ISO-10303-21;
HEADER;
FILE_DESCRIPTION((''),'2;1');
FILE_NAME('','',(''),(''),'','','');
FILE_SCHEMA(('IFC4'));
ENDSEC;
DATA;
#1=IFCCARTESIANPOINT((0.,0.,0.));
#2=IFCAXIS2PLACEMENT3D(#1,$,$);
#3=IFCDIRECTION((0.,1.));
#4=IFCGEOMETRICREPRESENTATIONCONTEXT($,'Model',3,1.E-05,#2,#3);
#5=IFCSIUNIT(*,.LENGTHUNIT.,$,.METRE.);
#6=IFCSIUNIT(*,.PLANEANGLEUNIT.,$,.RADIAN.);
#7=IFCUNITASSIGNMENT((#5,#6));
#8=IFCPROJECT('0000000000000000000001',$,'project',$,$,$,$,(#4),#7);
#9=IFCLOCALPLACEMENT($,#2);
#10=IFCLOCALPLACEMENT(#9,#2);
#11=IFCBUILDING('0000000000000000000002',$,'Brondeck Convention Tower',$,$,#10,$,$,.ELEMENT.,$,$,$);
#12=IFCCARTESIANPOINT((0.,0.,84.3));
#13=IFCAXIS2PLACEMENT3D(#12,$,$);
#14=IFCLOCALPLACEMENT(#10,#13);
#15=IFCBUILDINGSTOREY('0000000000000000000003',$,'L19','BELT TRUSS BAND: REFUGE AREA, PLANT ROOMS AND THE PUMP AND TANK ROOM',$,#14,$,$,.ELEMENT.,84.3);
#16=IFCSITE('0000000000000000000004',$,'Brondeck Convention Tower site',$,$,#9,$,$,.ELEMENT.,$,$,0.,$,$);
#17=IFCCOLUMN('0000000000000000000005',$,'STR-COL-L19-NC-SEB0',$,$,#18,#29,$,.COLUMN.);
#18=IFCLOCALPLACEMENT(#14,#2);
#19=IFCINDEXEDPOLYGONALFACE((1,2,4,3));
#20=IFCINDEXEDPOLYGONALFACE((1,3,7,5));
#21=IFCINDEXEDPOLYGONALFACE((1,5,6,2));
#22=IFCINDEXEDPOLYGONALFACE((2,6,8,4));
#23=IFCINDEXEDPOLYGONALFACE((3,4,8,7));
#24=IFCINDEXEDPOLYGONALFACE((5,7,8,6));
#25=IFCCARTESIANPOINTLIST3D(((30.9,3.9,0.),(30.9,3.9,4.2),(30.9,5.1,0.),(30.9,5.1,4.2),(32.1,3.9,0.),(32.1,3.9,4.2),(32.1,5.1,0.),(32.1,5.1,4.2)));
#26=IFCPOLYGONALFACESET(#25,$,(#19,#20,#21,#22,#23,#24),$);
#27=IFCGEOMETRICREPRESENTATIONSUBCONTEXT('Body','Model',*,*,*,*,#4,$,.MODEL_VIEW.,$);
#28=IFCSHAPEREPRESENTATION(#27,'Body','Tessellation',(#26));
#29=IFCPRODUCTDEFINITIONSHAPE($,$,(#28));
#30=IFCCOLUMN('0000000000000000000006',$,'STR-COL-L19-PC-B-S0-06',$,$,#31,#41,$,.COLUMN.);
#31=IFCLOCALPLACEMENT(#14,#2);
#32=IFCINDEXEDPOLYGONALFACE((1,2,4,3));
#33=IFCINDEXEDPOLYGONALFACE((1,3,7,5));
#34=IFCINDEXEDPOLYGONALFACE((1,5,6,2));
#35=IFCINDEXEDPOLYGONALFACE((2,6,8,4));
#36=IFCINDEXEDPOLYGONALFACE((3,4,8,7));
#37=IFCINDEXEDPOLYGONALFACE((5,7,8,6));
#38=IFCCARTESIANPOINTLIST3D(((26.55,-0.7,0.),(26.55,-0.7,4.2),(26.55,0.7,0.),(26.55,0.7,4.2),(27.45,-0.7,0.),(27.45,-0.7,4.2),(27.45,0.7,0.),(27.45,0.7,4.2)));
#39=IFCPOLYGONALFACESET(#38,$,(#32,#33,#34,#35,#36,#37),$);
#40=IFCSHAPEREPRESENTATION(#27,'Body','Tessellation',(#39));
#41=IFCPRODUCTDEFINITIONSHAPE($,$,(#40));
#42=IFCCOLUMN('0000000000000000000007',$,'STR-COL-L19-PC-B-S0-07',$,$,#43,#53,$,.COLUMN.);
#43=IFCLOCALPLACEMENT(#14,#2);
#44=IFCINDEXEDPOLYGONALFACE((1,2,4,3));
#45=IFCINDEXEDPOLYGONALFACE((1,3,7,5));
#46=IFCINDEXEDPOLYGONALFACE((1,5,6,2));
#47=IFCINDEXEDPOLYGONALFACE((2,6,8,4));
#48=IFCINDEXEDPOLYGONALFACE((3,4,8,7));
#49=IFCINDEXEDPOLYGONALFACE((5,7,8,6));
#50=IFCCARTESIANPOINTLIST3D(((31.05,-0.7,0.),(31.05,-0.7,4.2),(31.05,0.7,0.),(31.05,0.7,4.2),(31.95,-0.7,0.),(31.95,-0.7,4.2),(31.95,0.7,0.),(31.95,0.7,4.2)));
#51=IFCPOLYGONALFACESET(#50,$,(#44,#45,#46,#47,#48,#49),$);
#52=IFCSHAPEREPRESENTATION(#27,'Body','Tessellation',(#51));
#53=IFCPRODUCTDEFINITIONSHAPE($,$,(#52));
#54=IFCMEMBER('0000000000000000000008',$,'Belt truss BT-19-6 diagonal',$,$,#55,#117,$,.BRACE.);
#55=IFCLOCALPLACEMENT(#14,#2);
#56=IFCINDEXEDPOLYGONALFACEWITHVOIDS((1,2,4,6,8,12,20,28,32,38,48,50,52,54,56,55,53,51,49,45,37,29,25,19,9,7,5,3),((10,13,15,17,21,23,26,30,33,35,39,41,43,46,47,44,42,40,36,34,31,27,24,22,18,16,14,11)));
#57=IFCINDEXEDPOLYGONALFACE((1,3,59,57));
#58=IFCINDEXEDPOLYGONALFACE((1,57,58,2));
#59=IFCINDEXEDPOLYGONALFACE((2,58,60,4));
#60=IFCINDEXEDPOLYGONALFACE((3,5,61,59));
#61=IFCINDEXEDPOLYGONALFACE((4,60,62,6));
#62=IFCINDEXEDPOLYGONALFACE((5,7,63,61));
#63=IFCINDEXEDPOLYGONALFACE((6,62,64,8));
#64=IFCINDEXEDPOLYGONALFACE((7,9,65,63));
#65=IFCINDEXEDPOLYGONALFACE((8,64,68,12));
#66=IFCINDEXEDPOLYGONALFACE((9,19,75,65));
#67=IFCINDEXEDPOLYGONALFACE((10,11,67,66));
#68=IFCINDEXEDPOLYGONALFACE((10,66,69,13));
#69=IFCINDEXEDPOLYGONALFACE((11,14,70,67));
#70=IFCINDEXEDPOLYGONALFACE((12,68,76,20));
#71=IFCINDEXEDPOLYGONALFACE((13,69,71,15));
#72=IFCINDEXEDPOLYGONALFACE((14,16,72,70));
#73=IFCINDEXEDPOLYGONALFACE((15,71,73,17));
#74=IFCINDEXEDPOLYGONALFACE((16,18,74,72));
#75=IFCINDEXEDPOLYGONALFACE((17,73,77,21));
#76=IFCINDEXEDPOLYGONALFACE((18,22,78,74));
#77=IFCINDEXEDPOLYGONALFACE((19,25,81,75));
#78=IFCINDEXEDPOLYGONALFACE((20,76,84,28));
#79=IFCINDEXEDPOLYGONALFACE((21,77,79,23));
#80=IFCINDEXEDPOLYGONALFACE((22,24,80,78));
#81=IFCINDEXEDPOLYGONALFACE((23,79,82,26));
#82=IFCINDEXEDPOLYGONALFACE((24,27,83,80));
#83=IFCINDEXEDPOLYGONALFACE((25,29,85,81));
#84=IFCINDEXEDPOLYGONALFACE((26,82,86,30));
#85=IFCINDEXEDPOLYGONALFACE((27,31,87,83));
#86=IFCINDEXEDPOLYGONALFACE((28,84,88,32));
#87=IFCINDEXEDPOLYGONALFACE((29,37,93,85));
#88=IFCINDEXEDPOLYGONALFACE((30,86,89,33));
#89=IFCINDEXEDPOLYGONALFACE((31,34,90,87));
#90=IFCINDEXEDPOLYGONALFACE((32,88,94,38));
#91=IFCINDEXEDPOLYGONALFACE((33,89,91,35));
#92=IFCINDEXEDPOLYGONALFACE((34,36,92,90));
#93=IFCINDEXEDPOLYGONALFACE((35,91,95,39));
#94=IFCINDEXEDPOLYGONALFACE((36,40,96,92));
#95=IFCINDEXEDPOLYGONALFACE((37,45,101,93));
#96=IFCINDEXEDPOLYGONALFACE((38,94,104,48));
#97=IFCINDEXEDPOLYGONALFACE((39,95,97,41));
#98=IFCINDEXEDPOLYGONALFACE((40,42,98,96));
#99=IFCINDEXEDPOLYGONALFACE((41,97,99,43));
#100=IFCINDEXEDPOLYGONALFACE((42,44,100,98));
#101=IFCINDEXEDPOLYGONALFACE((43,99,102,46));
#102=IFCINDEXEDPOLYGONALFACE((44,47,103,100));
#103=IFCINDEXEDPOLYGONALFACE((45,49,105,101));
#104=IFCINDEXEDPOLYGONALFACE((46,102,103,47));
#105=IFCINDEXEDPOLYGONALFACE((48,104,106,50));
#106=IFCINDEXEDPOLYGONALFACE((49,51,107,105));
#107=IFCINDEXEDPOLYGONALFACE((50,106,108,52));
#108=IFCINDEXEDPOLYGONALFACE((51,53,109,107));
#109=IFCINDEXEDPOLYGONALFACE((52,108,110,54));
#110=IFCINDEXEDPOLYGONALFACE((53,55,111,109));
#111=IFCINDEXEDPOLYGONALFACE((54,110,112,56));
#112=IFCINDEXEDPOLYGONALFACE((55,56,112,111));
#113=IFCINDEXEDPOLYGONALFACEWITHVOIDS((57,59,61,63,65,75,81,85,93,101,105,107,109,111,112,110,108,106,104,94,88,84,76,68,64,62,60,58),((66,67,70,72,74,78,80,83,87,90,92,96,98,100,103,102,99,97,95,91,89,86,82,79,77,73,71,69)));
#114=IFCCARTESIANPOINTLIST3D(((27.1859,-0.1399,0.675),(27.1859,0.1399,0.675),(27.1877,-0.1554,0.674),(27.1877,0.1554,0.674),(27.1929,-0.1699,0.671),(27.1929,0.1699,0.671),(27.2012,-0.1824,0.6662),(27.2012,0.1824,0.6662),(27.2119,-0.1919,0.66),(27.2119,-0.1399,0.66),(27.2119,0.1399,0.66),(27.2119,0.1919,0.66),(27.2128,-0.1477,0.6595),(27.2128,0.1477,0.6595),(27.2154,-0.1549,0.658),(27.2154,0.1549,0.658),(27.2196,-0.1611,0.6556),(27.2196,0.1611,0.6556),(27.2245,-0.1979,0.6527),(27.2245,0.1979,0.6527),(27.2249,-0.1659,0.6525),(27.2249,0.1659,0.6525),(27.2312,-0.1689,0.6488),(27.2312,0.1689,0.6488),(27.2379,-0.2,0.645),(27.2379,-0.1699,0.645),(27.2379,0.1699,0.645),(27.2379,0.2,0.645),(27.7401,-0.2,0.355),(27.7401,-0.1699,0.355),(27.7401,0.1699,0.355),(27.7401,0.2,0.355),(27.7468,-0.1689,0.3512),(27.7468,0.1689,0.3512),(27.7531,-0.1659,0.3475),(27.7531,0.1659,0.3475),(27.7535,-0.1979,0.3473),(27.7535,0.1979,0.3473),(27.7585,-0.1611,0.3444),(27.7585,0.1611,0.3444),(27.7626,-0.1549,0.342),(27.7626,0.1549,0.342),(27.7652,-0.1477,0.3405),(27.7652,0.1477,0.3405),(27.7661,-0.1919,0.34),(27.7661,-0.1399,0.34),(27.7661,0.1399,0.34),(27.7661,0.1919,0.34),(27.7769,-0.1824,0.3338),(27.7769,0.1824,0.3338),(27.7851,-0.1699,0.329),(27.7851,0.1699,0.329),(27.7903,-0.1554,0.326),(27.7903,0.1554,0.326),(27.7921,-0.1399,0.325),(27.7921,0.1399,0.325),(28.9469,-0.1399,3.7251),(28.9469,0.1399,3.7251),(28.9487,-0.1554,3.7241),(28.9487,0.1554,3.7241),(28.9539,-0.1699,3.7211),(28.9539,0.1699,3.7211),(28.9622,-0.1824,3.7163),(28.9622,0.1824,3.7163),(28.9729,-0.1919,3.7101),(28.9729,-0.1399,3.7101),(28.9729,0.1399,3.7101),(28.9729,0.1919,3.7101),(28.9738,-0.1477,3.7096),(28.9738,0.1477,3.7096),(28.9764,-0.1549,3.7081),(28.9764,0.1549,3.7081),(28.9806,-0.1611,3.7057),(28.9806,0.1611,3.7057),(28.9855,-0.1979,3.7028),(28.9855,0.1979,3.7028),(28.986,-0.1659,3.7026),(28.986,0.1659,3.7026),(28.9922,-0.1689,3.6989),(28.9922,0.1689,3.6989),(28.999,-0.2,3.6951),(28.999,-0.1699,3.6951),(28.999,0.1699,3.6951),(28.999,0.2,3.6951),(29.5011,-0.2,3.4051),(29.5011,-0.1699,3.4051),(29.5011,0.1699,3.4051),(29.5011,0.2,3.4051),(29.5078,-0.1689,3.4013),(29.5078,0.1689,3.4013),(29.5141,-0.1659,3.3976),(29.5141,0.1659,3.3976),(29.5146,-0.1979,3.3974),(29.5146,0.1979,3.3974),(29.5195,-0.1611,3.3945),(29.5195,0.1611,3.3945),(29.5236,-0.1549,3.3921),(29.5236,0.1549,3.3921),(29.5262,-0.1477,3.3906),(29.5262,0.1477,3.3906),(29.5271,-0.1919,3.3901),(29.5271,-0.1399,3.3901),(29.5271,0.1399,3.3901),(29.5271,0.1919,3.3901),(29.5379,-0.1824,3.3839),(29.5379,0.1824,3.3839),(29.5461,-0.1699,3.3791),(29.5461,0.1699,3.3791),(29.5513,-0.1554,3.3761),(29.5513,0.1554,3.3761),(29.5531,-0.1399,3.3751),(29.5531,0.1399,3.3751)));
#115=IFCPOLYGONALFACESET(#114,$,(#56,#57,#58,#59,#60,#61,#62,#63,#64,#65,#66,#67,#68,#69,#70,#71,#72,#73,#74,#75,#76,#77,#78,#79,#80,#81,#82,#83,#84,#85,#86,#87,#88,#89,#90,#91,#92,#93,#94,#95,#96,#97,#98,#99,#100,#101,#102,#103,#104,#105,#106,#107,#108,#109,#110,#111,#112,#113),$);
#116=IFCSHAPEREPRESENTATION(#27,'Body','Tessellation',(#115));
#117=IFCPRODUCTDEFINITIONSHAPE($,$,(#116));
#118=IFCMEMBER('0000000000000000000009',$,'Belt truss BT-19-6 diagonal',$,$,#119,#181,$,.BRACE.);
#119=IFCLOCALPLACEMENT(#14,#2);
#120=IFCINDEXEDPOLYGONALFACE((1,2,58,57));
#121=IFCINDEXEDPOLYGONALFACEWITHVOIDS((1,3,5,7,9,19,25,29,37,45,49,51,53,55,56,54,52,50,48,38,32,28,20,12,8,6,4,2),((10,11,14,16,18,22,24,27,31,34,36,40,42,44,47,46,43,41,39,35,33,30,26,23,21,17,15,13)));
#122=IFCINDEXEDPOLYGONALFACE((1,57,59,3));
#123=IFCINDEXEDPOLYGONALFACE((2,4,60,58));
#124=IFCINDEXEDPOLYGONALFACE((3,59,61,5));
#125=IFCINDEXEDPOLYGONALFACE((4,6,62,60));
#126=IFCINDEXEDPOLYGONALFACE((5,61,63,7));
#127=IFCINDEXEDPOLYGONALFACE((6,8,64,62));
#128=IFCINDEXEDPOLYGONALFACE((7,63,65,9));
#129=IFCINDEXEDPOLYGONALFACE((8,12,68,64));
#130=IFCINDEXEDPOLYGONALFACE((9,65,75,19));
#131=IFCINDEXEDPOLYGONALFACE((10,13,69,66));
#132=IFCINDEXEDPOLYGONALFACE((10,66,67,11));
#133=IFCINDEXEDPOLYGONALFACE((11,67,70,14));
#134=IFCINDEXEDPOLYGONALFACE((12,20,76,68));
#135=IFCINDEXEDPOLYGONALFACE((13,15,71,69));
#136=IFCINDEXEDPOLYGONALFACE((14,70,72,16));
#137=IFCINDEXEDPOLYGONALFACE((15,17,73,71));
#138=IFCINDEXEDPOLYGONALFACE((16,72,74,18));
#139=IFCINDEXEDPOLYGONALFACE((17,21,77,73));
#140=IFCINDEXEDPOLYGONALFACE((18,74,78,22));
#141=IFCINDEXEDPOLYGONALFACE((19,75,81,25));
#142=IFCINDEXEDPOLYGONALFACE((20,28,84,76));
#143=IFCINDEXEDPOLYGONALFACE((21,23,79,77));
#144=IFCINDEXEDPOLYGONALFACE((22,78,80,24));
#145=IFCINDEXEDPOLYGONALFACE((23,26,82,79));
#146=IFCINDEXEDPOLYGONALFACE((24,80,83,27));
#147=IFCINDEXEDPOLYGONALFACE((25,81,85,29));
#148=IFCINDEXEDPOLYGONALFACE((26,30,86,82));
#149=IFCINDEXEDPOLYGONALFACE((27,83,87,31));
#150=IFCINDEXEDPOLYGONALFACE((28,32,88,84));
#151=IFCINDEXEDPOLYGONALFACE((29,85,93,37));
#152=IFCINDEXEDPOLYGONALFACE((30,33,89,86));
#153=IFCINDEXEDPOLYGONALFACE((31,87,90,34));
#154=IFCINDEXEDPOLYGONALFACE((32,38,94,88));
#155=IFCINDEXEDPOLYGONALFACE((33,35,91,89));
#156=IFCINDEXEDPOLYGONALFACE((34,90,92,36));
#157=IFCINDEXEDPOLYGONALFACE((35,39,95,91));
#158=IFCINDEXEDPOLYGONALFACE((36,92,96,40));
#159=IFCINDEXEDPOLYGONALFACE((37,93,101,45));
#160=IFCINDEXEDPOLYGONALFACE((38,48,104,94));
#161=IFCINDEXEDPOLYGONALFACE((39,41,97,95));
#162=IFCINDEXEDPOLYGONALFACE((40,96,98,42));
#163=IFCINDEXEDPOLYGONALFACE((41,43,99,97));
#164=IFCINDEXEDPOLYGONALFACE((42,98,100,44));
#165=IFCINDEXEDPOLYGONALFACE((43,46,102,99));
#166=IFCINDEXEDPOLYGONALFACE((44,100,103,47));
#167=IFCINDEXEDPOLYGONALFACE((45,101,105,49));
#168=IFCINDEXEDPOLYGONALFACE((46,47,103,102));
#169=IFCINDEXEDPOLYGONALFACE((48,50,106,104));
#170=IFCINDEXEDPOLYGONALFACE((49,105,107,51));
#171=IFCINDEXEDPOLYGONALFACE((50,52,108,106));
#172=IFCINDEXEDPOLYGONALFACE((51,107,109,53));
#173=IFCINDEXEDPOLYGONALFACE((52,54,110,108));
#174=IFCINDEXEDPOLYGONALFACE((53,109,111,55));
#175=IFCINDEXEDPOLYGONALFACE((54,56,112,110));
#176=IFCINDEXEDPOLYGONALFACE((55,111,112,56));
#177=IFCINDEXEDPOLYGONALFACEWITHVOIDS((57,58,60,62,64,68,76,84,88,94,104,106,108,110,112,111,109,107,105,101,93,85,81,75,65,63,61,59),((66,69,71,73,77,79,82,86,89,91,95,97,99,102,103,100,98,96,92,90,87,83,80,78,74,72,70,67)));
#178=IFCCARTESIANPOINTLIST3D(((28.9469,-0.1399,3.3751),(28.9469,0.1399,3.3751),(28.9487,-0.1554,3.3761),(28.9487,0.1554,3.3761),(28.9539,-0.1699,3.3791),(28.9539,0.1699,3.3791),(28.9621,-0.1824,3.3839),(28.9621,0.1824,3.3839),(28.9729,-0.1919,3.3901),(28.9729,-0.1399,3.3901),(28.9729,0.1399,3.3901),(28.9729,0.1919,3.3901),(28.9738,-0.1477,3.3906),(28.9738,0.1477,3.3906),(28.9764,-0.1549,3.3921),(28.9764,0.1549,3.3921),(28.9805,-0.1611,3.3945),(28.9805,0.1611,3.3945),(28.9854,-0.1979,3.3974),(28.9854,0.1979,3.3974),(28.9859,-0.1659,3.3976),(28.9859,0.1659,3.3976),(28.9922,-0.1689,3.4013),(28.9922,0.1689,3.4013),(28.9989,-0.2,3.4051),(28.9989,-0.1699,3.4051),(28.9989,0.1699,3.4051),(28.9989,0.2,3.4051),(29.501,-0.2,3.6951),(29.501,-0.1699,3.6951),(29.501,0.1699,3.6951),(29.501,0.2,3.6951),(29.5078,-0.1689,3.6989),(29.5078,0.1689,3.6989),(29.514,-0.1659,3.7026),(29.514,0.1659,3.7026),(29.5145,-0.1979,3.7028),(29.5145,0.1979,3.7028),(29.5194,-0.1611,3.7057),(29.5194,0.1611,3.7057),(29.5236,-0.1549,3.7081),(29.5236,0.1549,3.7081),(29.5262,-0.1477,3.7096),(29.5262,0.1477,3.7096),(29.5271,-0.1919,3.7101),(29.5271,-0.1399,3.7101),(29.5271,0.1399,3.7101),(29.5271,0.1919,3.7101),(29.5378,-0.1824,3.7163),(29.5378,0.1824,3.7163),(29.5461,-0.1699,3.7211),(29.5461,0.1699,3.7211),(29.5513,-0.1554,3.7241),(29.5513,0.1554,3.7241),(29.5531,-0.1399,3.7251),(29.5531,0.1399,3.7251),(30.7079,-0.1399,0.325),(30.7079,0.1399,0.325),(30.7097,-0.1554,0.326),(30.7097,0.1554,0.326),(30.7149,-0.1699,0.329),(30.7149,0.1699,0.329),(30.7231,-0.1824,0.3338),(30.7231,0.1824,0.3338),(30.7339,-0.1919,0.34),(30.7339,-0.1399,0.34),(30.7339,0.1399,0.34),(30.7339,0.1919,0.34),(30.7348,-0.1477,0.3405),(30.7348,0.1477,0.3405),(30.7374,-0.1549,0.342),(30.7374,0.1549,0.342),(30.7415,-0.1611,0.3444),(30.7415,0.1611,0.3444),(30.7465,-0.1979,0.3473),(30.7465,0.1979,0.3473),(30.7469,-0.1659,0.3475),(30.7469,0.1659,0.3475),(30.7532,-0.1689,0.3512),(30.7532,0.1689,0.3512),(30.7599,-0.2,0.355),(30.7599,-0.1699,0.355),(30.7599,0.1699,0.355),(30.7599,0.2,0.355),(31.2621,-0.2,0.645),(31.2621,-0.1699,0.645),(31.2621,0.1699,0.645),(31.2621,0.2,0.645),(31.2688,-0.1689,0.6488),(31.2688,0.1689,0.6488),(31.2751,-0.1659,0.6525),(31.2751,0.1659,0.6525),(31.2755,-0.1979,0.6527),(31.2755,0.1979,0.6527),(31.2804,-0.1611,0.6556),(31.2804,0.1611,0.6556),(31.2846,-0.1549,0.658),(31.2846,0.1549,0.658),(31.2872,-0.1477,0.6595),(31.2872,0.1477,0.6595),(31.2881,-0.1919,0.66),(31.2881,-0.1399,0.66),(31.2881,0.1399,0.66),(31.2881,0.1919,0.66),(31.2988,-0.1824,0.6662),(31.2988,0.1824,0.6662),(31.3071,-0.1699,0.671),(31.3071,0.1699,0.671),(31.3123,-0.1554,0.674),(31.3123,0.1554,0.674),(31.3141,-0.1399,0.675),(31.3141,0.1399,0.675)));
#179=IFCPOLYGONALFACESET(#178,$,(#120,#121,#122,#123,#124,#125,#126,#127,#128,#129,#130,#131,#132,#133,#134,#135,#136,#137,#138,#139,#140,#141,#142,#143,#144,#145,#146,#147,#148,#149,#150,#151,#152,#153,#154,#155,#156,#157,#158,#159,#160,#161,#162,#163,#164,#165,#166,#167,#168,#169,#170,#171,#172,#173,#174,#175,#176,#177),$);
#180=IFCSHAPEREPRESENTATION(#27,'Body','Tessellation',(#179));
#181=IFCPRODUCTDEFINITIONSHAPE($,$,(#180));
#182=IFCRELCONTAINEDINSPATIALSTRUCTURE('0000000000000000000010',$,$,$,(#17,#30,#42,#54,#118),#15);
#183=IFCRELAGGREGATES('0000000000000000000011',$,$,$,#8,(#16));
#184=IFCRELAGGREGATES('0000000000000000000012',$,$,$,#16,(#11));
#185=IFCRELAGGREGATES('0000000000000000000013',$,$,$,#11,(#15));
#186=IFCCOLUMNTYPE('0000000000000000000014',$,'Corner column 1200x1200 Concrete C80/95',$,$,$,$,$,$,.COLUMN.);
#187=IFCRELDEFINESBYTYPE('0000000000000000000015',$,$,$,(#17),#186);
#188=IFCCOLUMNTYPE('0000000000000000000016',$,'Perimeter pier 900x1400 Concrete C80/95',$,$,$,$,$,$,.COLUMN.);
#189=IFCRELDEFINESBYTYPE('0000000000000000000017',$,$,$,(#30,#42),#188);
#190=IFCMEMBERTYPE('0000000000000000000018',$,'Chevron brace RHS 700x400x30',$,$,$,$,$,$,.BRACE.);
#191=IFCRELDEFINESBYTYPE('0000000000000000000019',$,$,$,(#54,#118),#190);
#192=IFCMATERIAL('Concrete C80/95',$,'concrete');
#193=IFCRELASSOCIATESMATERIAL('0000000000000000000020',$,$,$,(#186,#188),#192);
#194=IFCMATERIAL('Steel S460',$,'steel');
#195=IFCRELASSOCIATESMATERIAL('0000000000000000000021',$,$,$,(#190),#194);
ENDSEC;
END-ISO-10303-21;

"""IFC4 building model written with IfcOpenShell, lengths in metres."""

from ifc_helpers import new_model, si_unit, direction, frame, origin, origin_2d, place, context, subcontext, project, spatial, rectangle, hollow_rectangle, extrude, material, material_profile, profile_set, type_object, element, save


model = new_model("IFC4")

# Units and contexts
model_context = context("Model", 3, precision=1e-05, world=origin(), true_north=direction((0.0, 1.0)))
body_context = subcontext(model_context, "Body", "Model", "MODEL_VIEW")
ifc_project = project(units=[si_unit("LENGTHUNIT", "METRE"), si_unit("PLANEANGLEUNIT", "RADIAN")], contexts=[model_context])

# Site, building, storey
site_placement = place(None, origin())
site = spatial("IfcSite", under=ifc_project, at=site_placement, Name="Brondeck Convention Tower site", CompositionType="ELEMENT", RefElevation=0.0)
building_placement = place(site_placement, origin())
building = spatial("IfcBuilding", under=site, at=building_placement, Name="Brondeck Convention Tower", CompositionType="ELEMENT")
storey_placement = place(building_placement, frame((0.0, 0.0, 84.3)))
storey = spatial("IfcBuildingStorey", under=building, at=storey_placement, Name="L19", Description="BELT TRUSS BAND: REFUGE AREA, PLANT ROOMS AND THE PUMP AND TANK ROOM", CompositionType="ELEMENT", Elevation=84.3)

# Columns
ifc_material_1 = material(Name="Concrete C80/95", Category="concrete")
ifc_material_profile_1 = material_profile(ifc_material_1, rectangle(XDim=1.2, YDim=1.2, at=origin_2d()), Name="Corner column 1200x1200 Concrete C80/95")
ifc_profile_set_1 = profile_set([ifc_material_profile_1], Name="Concrete C80/95")
column_type_1 = type_object("IfcColumnType", Name="Corner column 1200x1200 Concrete C80/95", PredefinedType="COLUMN", material=ifc_profile_set_1)
column_placement = place(storey_placement, frame((31.5, 4.5, 0.0), z_axis=(0.0, 0.0, 1.0), x_axis=(1.0, 0.0, 0.0)))
element("IfcColumn", 1, at=column_placement, inside=storey, type_object=column_type_1, Name="STR-COL-L19-NC-SEB0", PredefinedType="COLUMN", context=body_context, shape_type="SweptSolid", body=[
    extrude(rectangle(XDim=1.2, YDim=1.2, at=origin_2d()), origin(), (0.0, 0.0, 1.0), 4.2),
])
ifc_material_profile_2 = material_profile(ifc_material_1, rectangle(XDim=0.8999, YDim=1.3999, at=origin_2d()), Name="Perimeter pier 900x1400 Concrete C80/95")
ifc_profile_set_2 = profile_set([ifc_material_profile_2], Name="Concrete C80/95")
column_type_2 = type_object("IfcColumnType", Name="Perimeter pier 900x1400 Concrete C80/95", PredefinedType="COLUMN", material=ifc_profile_set_2)
for number, where, z_axis, x_axis, name in (
    (2, (27.0, 0.0, 0.0), (0.0, 0.0, 1.0), (1.0, 0.0, 0.0), "STR-COL-L19-PC-B-S0-06"),
    (3, (31.5, 0.0, 0.0), (0.0, 0.0, 1.0), (1.0, 0.0, 0.0), "STR-COL-L19-PC-B-S0-07"),
):
    element("IfcColumn", number, at=place(storey_placement, frame(where, z_axis=z_axis, x_axis=x_axis)), inside=storey, type_object=column_type_2, Name=name, PredefinedType="COLUMN", context=body_context, shape_type="SweptSolid", body=[
        extrude(rectangle(XDim=0.8999, YDim=1.3999, at=origin_2d()), origin(), (0.0, 0.0, 1.0), 4.2),
    ])

# Members
ifc_material_2 = material(Name="Steel S460", Category="steel")
ifc_material_profile_3 = material_profile(ifc_material_2, hollow_rectangle(XDim=0.3999, YDim=0.7, WallThickness=0.03, InnerFilletRadius=0.03, OuterFilletRadius=0.0601, at=origin_2d()), Name="RHS 700x400x30")
ifc_profile_set_3 = profile_set([ifc_material_profile_3], Name="Steel S460")
member_type_1 = type_object("IfcMemberType", Name="Chevron brace RHS 700x400x30", PredefinedType="BRACE", material=ifc_profile_set_3)
for number, where, z_axis, x_axis, name in (
    (4, (27.489, 0.0, 0.5), (0.500008, 0.0, 0.866021), (0.0, 1.0, 0.0), "Belt truss BT-19-6 diagonal"),
    (5, (31.011, 0.0, 0.5), (-0.500008, 0.0, 0.866021), (0.0, -1.0, 0.0), "Belt truss BT-19-6 diagonal"),
):
    element("IfcMember", number, at=place(storey_placement, frame(where, z_axis=z_axis, x_axis=x_axis)), inside=storey, type_object=member_type_1, Name=name, PredefinedType="BRACE", context=body_context, shape_type="SweptSolid", body=[
        extrude(hollow_rectangle(XDim=0.3999, YDim=0.7, WallThickness=0.03, InnerFilletRadius=0.03, OuterFilletRadius=0.0601, at=origin_2d()), origin(), (0.0, 0.0, 1.0), 3.522),
    ])

save(model, "model.ifc")
